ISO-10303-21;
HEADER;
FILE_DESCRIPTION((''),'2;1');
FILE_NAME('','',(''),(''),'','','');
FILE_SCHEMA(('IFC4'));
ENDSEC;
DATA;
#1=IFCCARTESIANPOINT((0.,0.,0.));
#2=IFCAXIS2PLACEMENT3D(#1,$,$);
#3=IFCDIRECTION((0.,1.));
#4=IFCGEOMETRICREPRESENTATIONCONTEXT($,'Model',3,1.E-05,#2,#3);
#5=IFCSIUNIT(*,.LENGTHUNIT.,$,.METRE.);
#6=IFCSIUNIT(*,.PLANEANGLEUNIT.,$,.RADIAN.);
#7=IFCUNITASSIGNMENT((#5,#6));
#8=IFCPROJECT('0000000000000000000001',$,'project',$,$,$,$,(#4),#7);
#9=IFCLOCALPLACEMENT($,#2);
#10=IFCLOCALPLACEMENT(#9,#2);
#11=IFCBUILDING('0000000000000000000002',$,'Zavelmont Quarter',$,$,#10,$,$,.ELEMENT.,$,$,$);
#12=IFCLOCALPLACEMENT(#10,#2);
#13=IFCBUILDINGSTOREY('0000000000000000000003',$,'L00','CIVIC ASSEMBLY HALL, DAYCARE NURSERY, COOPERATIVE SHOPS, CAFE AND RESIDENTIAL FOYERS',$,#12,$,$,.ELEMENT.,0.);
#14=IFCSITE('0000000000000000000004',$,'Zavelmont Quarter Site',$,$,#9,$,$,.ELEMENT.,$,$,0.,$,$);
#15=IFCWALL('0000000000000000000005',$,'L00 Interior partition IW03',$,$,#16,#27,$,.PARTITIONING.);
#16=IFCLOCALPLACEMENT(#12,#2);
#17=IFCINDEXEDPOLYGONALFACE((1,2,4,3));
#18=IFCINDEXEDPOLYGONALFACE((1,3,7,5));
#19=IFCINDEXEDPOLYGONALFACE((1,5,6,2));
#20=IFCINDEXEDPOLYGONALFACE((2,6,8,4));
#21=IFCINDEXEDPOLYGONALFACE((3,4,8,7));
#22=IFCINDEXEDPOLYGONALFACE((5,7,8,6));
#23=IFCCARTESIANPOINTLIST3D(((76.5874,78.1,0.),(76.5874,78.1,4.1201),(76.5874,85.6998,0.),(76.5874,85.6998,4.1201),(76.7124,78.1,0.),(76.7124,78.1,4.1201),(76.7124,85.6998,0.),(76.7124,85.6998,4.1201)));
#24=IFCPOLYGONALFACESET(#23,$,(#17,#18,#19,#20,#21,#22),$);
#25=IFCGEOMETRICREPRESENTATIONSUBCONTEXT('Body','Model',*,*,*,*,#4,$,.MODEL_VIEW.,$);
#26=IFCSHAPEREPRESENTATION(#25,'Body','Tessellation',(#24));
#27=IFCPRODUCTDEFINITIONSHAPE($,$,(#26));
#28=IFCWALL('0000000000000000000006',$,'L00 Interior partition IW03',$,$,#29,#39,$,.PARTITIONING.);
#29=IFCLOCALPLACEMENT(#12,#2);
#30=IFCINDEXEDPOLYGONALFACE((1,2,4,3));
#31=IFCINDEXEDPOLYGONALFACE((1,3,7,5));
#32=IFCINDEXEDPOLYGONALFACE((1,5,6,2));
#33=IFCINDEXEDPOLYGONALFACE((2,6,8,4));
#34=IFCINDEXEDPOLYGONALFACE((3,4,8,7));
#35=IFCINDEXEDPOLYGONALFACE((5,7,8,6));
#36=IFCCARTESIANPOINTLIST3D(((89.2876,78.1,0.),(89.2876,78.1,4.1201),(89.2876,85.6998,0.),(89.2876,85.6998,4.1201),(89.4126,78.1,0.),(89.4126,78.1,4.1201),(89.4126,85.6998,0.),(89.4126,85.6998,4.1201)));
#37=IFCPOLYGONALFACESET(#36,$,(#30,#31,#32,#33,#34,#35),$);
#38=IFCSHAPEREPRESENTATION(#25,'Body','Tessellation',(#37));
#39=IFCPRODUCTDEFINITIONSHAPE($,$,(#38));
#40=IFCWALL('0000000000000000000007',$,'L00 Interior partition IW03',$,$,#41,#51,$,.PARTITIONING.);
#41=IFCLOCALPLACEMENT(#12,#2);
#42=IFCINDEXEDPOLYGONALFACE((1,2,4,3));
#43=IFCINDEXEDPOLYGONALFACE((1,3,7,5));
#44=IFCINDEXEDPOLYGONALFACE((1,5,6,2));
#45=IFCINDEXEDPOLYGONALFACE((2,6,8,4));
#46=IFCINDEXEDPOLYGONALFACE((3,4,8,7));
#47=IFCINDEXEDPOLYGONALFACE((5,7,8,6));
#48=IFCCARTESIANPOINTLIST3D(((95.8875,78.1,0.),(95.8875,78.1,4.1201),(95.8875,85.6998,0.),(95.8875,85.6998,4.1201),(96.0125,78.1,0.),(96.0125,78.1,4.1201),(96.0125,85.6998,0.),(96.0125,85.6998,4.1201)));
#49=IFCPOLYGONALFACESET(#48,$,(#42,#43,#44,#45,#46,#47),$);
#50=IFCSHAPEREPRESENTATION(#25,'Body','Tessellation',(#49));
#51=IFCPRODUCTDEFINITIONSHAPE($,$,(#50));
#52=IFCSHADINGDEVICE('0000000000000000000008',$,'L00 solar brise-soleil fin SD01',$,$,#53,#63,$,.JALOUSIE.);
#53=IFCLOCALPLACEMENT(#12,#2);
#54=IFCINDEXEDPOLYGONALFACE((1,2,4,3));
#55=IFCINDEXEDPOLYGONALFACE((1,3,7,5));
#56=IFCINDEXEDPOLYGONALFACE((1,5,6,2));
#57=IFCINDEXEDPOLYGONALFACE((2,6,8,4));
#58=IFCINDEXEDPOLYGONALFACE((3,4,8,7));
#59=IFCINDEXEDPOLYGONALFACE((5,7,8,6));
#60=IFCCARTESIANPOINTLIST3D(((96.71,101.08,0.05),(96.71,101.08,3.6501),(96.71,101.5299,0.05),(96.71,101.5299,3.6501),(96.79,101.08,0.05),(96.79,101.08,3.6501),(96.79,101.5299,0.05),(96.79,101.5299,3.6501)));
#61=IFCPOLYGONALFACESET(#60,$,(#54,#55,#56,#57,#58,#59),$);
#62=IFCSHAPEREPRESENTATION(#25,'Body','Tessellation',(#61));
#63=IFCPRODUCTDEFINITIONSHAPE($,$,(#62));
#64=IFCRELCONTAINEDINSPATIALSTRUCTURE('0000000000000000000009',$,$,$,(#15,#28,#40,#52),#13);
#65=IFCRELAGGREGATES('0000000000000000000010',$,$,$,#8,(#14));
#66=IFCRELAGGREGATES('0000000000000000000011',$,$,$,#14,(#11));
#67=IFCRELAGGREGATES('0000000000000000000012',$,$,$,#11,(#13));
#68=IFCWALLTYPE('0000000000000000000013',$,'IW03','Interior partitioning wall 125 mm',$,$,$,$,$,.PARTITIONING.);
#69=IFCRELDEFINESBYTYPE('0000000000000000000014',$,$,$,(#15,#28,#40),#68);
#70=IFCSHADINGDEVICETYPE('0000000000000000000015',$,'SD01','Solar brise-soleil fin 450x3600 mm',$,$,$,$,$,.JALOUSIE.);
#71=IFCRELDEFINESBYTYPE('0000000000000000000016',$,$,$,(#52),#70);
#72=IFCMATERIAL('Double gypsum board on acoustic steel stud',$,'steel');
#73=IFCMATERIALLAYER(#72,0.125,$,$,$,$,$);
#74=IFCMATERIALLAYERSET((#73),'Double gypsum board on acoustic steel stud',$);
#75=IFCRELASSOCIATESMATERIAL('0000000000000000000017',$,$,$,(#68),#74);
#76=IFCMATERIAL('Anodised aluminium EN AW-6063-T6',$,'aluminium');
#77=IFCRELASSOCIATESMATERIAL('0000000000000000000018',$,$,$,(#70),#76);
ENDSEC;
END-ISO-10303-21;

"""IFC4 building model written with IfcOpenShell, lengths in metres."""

from ifc_helpers import new_model, si_unit, direction, frame, frame_2d, origin, origin_2d, place, context, subcontext, project, spatial, rectangle, extrude, material, layer, layer_set, type_object, element, save


model = new_model("IFC4")

# Units and contexts
model_context = context("Model", 3, precision=1e-05, world=origin(), true_north=direction((0.0, 1.0)))
body_context = subcontext(model_context, "Body", "Model", "MODEL_VIEW")
ifc_project = project(units=[si_unit("LENGTHUNIT", "METRE"), si_unit("PLANEANGLEUNIT", "RADIAN")], contexts=[model_context])

# Site, building, storey
site_placement = place(None, origin())
site = spatial("IfcSite", under=ifc_project, at=site_placement, Name="Zavelmont Quarter Site", CompositionType="ELEMENT", RefElevation=0.0)
building_placement = place(site_placement, origin())
building = spatial("IfcBuilding", under=site, at=building_placement, Name="Zavelmont Quarter", CompositionType="ELEMENT")
storey_placement = place(building_placement, origin())
storey = spatial("IfcBuildingStorey", under=building, at=storey_placement, Name="L00", Description="CIVIC ASSEMBLY HALL, DAYCARE NURSERY, COOPERATIVE SHOPS, CAFE AND RESIDENTIAL FOYERS", CompositionType="ELEMENT", Elevation=0.0)

# Walls
ifc_material_1 = material(Name="Double gypsum board on acoustic steel stud", Category="steel")
ifc_layer_1 = layer(ifc_material_1, 0.125)
ifc_layer_set_1 = layer_set([ifc_layer_1], Name="Double gypsum board on acoustic steel stud")
wall_type_1 = type_object("IfcWallType", Name="IW03", Description="Interior partitioning wall 125 mm", PredefinedType="PARTITIONING", material=ifc_layer_set_1)
for number, where, z_axis, x_axis, name in (
    (1, (76.6499, 78.1001, 0.0), (0.0, 0.0, 1.0), (0.0, 1.0, 0.0), "L00 Interior partition IW03"),
    (2, (89.3501, 78.1001, 0.0), (0.0, 0.0, 1.0), (0.0, 1.0, 0.0), "L00 Interior partition IW03"),
    (3, (95.95, 78.1001, 0.0), (0.0, 0.0, 1.0), (0.0, 1.0, 0.0), "L00 Interior partition IW03"),
):
    element("IfcWall", number, at=place(storey_placement, frame(where, z_axis=z_axis, x_axis=x_axis)), inside=storey, type_object=wall_type_1, Name=name, PredefinedType="PARTITIONING", context=body_context, shape_type="SweptSolid", body=[
        extrude(rectangle(XDim=7.5999, YDim=0.125, at=frame_2d((3.7998, 0.0))), origin(), (0.0, 0.0, 1.0), 4.1201),
    ])

# Shading device
ifc_material_2 = material(Name="Anodised aluminium EN AW-6063-T6", Category="aluminium")
shading_device_type = type_object("IfcShadingDeviceType", Name="SD01", Description="Solar brise-soleil fin 450x3600 mm", PredefinedType="JALOUSIE", material=ifc_material_2)
shading_device_placement = place(storey_placement, frame((96.75, 101.3049, 0.05), z_axis=(0.0, 0.0, 1.0), x_axis=(1.0, 0.0, 0.0)))
element("IfcShadingDevice", 4, at=shading_device_placement, inside=storey, type_object=shading_device_type, Name="L00 solar brise-soleil fin SD01", PredefinedType="JALOUSIE", context=body_context, shape_type="SweptSolid", body=[
    extrude(rectangle(XDim=0.0801, YDim=0.45, at=origin_2d()), origin(), (0.0, 0.0, 1.0), 3.6001),
])

save(model, "model.ifc")
